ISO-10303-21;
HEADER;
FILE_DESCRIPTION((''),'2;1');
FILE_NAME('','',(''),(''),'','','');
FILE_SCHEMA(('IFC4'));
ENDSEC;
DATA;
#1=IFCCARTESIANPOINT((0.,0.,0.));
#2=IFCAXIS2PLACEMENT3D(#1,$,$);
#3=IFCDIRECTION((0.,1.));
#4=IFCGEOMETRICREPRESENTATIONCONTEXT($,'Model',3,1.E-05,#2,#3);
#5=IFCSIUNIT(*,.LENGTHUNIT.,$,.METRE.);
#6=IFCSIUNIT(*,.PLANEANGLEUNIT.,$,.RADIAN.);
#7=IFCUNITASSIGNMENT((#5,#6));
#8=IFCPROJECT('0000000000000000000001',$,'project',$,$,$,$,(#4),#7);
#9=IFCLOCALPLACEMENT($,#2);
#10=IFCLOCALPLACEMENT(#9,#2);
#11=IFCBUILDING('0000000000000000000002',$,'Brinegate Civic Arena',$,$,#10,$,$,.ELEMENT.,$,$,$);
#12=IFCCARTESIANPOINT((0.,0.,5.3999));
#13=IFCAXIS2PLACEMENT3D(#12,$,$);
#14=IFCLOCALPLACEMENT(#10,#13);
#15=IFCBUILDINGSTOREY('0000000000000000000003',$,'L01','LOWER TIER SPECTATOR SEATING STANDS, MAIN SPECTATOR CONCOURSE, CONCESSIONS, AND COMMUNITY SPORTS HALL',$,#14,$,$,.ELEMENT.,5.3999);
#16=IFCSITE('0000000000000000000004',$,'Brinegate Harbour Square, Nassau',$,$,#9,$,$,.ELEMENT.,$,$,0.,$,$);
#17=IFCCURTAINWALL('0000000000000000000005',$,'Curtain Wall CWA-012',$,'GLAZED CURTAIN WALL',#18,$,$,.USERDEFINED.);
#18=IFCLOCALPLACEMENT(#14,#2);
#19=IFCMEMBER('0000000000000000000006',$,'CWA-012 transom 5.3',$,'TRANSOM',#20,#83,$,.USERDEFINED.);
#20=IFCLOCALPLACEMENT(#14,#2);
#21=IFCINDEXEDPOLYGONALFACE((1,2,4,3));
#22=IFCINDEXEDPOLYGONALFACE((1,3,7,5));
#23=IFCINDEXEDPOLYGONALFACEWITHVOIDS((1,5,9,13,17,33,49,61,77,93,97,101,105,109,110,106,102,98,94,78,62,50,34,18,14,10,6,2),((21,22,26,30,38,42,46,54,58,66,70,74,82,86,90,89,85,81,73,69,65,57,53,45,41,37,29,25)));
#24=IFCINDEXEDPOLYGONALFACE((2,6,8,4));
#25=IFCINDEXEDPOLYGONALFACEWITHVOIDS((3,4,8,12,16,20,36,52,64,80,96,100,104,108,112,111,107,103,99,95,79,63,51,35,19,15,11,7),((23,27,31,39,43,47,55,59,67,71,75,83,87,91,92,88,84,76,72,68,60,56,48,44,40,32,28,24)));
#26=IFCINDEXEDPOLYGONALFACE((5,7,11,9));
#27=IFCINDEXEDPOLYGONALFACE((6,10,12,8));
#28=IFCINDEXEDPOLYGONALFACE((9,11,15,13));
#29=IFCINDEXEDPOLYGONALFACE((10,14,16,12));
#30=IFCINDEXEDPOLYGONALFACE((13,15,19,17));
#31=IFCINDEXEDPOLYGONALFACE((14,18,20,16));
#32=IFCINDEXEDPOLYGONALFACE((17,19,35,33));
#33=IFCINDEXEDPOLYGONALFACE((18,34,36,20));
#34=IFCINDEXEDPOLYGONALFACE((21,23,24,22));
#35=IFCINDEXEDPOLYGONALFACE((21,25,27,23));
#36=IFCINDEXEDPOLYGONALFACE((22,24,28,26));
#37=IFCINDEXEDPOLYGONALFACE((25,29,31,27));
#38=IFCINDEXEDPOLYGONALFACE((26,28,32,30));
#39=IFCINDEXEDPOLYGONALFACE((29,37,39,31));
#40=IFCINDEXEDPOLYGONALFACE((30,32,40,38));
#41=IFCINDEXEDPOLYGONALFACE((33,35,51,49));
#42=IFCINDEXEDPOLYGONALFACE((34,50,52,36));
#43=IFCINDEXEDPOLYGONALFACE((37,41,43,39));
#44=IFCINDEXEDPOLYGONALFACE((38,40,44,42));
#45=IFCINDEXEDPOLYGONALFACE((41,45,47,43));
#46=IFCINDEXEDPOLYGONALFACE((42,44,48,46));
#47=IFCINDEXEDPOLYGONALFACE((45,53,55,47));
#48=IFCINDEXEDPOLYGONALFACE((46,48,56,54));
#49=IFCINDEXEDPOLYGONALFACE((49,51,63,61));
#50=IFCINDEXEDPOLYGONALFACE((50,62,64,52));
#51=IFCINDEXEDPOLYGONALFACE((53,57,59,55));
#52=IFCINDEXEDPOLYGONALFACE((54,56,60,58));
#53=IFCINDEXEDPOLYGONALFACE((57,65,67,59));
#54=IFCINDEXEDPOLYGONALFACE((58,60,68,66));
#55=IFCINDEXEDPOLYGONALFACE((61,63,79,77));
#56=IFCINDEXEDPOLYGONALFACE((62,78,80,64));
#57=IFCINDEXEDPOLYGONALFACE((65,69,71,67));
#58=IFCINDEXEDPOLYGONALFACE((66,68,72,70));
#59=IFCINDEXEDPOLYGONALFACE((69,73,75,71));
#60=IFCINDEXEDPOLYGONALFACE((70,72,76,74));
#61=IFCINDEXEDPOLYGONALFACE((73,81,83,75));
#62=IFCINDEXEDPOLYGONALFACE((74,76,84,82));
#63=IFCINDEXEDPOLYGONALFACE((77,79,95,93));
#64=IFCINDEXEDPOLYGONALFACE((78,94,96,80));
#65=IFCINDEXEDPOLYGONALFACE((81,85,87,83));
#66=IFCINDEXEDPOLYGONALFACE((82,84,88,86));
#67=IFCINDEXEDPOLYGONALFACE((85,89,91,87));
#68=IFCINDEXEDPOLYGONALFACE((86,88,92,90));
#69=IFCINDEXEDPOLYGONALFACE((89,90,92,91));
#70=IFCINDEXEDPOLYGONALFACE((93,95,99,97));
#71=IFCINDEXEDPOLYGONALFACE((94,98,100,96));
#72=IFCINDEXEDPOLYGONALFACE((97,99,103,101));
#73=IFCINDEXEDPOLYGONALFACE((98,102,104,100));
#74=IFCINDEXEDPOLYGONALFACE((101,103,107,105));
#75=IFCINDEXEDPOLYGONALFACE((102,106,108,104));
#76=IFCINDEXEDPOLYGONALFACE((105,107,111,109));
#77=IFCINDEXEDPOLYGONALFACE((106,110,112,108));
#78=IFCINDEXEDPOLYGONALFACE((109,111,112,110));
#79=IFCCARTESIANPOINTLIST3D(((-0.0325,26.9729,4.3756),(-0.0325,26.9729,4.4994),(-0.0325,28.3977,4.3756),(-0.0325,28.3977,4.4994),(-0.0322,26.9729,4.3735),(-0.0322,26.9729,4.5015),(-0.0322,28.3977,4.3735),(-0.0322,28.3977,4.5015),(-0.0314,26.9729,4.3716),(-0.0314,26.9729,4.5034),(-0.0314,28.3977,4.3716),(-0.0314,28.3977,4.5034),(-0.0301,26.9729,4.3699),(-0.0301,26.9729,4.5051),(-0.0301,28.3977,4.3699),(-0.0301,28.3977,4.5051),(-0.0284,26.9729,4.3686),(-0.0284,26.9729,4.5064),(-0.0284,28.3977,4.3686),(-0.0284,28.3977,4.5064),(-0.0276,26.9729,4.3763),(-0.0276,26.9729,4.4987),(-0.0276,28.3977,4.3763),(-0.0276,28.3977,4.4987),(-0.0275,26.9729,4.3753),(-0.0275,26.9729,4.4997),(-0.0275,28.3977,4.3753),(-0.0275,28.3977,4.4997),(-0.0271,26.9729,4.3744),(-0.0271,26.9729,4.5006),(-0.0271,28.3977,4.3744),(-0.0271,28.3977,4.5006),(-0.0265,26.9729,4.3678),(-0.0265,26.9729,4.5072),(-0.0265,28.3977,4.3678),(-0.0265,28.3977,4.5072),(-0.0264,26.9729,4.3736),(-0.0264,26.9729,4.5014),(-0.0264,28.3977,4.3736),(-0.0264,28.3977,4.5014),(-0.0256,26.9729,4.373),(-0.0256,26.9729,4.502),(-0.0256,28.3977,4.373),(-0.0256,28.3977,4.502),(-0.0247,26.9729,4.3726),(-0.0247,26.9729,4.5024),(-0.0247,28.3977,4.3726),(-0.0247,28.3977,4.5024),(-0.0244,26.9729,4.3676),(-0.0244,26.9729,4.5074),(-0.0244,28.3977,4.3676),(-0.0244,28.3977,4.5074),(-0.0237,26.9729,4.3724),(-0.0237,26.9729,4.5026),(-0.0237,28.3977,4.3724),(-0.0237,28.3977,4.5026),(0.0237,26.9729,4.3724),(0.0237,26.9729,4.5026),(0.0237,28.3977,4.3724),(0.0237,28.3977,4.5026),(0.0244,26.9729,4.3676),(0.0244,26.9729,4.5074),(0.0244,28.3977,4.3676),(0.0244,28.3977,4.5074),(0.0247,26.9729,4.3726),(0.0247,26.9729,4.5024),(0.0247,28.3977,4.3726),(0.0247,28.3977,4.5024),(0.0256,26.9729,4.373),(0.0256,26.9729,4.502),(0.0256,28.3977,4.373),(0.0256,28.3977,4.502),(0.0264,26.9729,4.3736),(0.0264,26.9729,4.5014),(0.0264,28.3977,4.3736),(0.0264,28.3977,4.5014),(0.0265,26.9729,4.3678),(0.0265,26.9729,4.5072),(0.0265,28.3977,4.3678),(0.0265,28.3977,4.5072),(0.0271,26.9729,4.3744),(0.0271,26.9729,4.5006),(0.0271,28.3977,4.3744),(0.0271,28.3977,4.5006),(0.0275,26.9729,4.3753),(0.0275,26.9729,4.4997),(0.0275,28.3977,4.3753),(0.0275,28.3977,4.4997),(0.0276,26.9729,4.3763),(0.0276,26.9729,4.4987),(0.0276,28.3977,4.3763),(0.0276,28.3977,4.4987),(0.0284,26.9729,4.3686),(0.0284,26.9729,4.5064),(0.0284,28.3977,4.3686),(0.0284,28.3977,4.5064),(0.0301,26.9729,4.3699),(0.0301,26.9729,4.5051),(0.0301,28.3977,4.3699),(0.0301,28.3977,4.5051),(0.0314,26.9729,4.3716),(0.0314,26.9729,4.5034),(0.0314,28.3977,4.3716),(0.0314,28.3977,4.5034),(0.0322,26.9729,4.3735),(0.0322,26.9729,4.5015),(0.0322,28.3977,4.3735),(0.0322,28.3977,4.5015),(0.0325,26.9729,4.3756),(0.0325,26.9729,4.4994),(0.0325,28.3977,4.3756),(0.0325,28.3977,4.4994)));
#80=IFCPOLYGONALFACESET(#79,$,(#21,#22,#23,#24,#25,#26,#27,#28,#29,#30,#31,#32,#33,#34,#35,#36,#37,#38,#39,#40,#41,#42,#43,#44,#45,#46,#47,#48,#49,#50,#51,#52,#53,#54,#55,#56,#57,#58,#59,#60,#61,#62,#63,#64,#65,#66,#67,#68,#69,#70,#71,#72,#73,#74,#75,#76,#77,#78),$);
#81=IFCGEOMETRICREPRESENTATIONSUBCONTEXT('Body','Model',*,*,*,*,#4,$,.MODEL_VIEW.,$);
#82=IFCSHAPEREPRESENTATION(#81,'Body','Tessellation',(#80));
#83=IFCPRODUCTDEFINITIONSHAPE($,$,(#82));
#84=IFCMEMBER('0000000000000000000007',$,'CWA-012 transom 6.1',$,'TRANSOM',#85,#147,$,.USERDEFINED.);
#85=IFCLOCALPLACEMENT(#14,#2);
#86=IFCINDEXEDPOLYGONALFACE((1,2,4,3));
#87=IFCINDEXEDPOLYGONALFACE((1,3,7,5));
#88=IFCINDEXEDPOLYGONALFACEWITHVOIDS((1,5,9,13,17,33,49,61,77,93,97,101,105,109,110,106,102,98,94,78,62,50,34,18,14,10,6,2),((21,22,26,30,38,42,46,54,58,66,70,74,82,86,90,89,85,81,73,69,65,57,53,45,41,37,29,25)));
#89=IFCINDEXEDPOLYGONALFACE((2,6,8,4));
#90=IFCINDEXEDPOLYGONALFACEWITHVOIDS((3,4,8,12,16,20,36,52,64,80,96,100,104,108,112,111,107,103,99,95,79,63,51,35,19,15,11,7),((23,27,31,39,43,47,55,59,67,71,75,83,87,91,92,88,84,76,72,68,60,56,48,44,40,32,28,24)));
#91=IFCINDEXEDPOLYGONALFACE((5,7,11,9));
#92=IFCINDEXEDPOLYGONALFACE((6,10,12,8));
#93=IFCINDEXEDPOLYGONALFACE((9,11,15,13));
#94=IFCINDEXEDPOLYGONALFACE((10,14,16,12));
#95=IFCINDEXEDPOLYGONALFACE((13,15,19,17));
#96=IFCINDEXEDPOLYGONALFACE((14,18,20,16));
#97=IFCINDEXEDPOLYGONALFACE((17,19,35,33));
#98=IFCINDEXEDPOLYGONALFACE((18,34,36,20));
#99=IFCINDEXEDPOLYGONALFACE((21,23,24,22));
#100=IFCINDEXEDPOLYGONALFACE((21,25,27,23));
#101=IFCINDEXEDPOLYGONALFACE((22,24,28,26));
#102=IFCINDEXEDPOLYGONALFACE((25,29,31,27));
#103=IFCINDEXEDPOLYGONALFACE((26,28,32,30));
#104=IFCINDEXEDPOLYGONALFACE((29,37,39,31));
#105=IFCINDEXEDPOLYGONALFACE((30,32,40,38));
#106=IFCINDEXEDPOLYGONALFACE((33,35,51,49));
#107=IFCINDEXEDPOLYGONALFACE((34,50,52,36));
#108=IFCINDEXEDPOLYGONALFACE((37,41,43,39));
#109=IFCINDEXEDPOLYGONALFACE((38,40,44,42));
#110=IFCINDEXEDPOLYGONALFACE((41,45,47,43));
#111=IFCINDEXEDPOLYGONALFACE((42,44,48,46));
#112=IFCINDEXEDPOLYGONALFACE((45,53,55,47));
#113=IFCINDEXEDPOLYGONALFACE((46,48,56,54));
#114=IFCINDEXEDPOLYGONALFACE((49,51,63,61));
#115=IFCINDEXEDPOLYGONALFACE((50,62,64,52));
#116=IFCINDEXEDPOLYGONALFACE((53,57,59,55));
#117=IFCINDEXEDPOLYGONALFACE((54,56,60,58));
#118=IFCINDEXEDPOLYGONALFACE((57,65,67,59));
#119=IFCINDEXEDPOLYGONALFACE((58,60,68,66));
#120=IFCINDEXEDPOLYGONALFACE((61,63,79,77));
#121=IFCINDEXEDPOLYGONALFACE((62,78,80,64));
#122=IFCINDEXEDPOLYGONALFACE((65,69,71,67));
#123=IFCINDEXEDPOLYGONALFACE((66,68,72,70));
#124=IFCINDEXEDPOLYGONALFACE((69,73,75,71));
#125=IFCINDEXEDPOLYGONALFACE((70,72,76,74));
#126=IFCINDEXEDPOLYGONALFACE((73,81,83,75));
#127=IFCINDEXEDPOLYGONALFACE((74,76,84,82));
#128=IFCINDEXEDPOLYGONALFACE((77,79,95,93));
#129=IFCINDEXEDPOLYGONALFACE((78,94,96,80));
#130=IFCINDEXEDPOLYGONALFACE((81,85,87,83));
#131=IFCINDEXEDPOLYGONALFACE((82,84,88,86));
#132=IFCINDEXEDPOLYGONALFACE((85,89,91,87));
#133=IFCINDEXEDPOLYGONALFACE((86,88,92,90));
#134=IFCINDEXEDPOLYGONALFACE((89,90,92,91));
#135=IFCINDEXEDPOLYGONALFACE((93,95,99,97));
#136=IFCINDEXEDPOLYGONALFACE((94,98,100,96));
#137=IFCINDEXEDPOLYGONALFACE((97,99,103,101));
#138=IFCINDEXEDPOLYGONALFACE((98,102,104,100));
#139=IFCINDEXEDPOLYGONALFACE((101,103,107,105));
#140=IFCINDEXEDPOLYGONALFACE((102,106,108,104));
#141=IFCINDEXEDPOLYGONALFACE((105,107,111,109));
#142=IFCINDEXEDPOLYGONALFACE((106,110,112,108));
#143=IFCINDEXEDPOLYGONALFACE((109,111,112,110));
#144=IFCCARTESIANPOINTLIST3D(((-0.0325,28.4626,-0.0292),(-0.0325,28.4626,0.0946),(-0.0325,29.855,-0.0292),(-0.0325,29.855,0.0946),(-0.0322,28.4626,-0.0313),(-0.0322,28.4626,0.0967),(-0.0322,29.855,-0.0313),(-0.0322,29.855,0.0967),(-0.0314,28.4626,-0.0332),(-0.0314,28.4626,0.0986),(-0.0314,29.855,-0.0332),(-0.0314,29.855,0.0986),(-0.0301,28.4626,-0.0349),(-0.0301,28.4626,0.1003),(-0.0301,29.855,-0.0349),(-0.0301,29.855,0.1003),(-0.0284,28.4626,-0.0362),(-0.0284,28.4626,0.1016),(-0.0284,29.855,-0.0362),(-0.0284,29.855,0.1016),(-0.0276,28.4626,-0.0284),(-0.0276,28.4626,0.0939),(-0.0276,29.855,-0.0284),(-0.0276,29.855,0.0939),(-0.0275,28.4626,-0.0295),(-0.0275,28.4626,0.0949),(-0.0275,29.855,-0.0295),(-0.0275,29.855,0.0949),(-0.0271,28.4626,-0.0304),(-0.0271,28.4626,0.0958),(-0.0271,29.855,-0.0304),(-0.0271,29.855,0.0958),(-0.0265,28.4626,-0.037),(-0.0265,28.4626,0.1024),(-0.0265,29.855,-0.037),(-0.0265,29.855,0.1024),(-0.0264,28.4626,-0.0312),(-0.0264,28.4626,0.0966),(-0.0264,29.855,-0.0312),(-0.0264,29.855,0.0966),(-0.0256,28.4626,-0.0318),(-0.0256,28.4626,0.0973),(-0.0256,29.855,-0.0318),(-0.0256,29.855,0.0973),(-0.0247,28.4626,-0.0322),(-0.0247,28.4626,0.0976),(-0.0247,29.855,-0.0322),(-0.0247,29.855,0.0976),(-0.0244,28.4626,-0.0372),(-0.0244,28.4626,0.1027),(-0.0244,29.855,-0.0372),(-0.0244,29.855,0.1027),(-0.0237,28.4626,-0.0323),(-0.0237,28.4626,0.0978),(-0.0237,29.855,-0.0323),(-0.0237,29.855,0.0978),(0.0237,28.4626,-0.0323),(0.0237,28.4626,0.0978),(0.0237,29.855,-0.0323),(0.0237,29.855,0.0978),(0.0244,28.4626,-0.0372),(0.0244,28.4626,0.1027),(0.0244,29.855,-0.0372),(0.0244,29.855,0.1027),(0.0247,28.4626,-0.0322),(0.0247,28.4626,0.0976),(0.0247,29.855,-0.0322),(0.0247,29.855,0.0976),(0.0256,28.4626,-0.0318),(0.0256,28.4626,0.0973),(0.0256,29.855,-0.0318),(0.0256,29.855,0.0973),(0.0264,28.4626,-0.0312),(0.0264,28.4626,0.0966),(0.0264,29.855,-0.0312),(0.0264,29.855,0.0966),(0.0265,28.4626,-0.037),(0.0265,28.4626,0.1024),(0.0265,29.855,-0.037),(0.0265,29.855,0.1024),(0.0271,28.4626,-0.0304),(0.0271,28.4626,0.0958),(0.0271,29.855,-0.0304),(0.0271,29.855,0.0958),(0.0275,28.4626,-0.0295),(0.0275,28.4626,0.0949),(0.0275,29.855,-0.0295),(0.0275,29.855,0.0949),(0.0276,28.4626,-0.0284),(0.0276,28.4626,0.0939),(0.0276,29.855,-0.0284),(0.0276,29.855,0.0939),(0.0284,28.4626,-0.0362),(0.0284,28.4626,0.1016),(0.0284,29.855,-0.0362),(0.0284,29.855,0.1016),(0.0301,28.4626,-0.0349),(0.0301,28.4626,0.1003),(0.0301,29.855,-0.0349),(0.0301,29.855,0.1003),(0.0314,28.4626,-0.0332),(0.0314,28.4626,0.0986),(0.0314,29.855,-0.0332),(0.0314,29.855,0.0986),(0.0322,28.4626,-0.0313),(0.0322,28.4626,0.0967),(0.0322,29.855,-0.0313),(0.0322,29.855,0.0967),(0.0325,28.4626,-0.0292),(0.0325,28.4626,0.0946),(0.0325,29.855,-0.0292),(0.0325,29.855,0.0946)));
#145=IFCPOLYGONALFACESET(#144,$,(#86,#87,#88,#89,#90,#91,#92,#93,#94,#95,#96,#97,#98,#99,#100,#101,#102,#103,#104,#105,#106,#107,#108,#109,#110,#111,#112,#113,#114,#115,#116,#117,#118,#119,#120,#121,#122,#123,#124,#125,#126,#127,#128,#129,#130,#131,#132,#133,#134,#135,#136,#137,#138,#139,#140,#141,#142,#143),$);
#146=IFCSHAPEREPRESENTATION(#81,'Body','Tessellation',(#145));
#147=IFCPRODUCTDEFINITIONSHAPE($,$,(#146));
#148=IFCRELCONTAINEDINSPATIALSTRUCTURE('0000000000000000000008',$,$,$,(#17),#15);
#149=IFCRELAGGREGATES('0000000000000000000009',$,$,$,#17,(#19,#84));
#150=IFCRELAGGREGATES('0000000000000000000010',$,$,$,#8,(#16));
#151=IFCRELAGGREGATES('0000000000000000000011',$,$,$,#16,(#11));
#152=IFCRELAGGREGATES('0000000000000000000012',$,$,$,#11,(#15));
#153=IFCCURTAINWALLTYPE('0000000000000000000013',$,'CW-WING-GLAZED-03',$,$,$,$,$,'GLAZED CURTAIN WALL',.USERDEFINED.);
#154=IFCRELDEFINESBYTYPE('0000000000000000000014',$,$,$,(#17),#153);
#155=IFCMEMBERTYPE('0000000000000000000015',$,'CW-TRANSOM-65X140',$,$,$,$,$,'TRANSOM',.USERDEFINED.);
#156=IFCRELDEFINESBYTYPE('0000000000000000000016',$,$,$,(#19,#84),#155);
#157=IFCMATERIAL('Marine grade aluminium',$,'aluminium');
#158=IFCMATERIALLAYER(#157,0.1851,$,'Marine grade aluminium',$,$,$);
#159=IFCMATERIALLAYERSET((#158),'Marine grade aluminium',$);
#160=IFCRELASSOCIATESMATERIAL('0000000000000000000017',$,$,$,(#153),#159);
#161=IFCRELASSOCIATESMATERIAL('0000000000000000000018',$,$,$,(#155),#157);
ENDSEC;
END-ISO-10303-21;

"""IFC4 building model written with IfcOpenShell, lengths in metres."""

from ifc_helpers import new_model, si_unit, direction, frame, origin, origin_2d, place, context, subcontext, project, spatial, hollow_rectangle, extrude, material, layer, layer_set, material_profile, profile_set, type_object, element, aggregate, save


model = new_model("IFC4")

# Units and contexts
model_context = context("Model", 3, precision=1e-05, world=origin(), true_north=direction((0.0, 1.0)))
body_context = subcontext(model_context, "Body", "Model", "MODEL_VIEW")
ifc_project = project(units=[si_unit("LENGTHUNIT", "METRE"), si_unit("PLANEANGLEUNIT", "RADIAN")], contexts=[model_context])

# Site, building, storey
site_placement = place(None, origin())
site = spatial("IfcSite", under=ifc_project, at=site_placement, Name="Brinegate Harbour Square, Nassau", CompositionType="ELEMENT", RefElevation=0.0)
building_placement = place(site_placement, origin())
building = spatial("IfcBuilding", under=site, at=building_placement, Name="Brinegate Civic Arena", CompositionType="ELEMENT")
storey_placement = place(building_placement, frame((0.0, 0.0, 5.3999)))
storey = spatial("IfcBuildingStorey", under=building, at=storey_placement, Name="L01", Description="LOWER TIER SPECTATOR SEATING STANDS, MAIN SPECTATOR CONCOURSE, CONCESSIONS, AND COMMUNITY SPORTS HALL", CompositionType="ELEMENT", Elevation=5.3999)

# Curtain wall
ifc_material_1 = material(Name="Marine grade aluminium", Category="aluminium")
ifc_layer_1 = layer(ifc_material_1, 0.1851, Name="Marine grade aluminium")
ifc_layer_set_1 = layer_set([ifc_layer_1], Name="Marine grade aluminium")
curtain_wall_type = type_object("IfcCurtainWallType", Name="CW-WING-GLAZED-03", ElementType="GLAZED CURTAIN WALL", PredefinedType="USERDEFINED", material=ifc_layer_set_1)
curtain_wall_1_placement = place(storey_placement, origin())
curtain_wall_1 = element("IfcCurtainWall", 1, at=curtain_wall_1_placement, inside=storey, type_object=curtain_wall_type, Name="Curtain Wall CWA-012", ObjectType="GLAZED CURTAIN WALL", PredefinedType="USERDEFINED")

# Members
ifc_material_profile_1 = material_profile(ifc_material_1, hollow_rectangle(XDim=0.0649, YDim=0.1399, WallThickness=0.0049, InnerFilletRadius=0.0039, OuterFilletRadius=0.0081, at=origin_2d()), Name="TRN65X140")
ifc_profile_set_1 = profile_set([ifc_material_profile_1], Name="Marine grade aluminium")
member_type_1 = type_object("IfcMemberType", Name="CW-TRANSOM-65X140", ElementType="TRANSOM", PredefinedType="USERDEFINED", material=ifc_profile_set_1)
member_1_placement = place(storey_placement, frame((0.0, 26.9729, 4.4375), z_axis=(0.0, 1.0, 0.0), x_axis=(-1.0, 0.0, 0.0)))
member_1 = element("IfcMember", 2, at=member_1_placement, type_object=member_type_1, Name="CWA-012 transom 5.3", ObjectType="TRANSOM", PredefinedType="USERDEFINED", context=body_context, shape_type="SweptSolid", body=[
    extrude(hollow_rectangle(XDim=0.0649, YDim=0.1399, WallThickness=0.0049, InnerFilletRadius=0.0039, OuterFilletRadius=0.0081, at=origin_2d()), origin(), (0.0, 0.0, 1.0), 1.4248),
])
member_2_placement = place(storey_placement, frame((0.0, 28.4626, 0.0327), z_axis=(0.0, 1.0, 0.0), x_axis=(-1.0, 0.0, 0.0)))
member_2 = element("IfcMember", 3, at=member_2_placement, type_object=member_type_1, Name="CWA-012 transom 6.1", ObjectType="TRANSOM", PredefinedType="USERDEFINED", context=body_context, shape_type="SweptSolid", body=[
    extrude(hollow_rectangle(XDim=0.0649, YDim=0.1399, WallThickness=0.0049, InnerFilletRadius=0.0039, OuterFilletRadius=0.0081, at=origin_2d()), origin(), (0.0, 0.0, 1.0), 1.3923),
])

aggregate(curtain_wall_1, [member_1, member_2])

save(model, "model.ifc")
